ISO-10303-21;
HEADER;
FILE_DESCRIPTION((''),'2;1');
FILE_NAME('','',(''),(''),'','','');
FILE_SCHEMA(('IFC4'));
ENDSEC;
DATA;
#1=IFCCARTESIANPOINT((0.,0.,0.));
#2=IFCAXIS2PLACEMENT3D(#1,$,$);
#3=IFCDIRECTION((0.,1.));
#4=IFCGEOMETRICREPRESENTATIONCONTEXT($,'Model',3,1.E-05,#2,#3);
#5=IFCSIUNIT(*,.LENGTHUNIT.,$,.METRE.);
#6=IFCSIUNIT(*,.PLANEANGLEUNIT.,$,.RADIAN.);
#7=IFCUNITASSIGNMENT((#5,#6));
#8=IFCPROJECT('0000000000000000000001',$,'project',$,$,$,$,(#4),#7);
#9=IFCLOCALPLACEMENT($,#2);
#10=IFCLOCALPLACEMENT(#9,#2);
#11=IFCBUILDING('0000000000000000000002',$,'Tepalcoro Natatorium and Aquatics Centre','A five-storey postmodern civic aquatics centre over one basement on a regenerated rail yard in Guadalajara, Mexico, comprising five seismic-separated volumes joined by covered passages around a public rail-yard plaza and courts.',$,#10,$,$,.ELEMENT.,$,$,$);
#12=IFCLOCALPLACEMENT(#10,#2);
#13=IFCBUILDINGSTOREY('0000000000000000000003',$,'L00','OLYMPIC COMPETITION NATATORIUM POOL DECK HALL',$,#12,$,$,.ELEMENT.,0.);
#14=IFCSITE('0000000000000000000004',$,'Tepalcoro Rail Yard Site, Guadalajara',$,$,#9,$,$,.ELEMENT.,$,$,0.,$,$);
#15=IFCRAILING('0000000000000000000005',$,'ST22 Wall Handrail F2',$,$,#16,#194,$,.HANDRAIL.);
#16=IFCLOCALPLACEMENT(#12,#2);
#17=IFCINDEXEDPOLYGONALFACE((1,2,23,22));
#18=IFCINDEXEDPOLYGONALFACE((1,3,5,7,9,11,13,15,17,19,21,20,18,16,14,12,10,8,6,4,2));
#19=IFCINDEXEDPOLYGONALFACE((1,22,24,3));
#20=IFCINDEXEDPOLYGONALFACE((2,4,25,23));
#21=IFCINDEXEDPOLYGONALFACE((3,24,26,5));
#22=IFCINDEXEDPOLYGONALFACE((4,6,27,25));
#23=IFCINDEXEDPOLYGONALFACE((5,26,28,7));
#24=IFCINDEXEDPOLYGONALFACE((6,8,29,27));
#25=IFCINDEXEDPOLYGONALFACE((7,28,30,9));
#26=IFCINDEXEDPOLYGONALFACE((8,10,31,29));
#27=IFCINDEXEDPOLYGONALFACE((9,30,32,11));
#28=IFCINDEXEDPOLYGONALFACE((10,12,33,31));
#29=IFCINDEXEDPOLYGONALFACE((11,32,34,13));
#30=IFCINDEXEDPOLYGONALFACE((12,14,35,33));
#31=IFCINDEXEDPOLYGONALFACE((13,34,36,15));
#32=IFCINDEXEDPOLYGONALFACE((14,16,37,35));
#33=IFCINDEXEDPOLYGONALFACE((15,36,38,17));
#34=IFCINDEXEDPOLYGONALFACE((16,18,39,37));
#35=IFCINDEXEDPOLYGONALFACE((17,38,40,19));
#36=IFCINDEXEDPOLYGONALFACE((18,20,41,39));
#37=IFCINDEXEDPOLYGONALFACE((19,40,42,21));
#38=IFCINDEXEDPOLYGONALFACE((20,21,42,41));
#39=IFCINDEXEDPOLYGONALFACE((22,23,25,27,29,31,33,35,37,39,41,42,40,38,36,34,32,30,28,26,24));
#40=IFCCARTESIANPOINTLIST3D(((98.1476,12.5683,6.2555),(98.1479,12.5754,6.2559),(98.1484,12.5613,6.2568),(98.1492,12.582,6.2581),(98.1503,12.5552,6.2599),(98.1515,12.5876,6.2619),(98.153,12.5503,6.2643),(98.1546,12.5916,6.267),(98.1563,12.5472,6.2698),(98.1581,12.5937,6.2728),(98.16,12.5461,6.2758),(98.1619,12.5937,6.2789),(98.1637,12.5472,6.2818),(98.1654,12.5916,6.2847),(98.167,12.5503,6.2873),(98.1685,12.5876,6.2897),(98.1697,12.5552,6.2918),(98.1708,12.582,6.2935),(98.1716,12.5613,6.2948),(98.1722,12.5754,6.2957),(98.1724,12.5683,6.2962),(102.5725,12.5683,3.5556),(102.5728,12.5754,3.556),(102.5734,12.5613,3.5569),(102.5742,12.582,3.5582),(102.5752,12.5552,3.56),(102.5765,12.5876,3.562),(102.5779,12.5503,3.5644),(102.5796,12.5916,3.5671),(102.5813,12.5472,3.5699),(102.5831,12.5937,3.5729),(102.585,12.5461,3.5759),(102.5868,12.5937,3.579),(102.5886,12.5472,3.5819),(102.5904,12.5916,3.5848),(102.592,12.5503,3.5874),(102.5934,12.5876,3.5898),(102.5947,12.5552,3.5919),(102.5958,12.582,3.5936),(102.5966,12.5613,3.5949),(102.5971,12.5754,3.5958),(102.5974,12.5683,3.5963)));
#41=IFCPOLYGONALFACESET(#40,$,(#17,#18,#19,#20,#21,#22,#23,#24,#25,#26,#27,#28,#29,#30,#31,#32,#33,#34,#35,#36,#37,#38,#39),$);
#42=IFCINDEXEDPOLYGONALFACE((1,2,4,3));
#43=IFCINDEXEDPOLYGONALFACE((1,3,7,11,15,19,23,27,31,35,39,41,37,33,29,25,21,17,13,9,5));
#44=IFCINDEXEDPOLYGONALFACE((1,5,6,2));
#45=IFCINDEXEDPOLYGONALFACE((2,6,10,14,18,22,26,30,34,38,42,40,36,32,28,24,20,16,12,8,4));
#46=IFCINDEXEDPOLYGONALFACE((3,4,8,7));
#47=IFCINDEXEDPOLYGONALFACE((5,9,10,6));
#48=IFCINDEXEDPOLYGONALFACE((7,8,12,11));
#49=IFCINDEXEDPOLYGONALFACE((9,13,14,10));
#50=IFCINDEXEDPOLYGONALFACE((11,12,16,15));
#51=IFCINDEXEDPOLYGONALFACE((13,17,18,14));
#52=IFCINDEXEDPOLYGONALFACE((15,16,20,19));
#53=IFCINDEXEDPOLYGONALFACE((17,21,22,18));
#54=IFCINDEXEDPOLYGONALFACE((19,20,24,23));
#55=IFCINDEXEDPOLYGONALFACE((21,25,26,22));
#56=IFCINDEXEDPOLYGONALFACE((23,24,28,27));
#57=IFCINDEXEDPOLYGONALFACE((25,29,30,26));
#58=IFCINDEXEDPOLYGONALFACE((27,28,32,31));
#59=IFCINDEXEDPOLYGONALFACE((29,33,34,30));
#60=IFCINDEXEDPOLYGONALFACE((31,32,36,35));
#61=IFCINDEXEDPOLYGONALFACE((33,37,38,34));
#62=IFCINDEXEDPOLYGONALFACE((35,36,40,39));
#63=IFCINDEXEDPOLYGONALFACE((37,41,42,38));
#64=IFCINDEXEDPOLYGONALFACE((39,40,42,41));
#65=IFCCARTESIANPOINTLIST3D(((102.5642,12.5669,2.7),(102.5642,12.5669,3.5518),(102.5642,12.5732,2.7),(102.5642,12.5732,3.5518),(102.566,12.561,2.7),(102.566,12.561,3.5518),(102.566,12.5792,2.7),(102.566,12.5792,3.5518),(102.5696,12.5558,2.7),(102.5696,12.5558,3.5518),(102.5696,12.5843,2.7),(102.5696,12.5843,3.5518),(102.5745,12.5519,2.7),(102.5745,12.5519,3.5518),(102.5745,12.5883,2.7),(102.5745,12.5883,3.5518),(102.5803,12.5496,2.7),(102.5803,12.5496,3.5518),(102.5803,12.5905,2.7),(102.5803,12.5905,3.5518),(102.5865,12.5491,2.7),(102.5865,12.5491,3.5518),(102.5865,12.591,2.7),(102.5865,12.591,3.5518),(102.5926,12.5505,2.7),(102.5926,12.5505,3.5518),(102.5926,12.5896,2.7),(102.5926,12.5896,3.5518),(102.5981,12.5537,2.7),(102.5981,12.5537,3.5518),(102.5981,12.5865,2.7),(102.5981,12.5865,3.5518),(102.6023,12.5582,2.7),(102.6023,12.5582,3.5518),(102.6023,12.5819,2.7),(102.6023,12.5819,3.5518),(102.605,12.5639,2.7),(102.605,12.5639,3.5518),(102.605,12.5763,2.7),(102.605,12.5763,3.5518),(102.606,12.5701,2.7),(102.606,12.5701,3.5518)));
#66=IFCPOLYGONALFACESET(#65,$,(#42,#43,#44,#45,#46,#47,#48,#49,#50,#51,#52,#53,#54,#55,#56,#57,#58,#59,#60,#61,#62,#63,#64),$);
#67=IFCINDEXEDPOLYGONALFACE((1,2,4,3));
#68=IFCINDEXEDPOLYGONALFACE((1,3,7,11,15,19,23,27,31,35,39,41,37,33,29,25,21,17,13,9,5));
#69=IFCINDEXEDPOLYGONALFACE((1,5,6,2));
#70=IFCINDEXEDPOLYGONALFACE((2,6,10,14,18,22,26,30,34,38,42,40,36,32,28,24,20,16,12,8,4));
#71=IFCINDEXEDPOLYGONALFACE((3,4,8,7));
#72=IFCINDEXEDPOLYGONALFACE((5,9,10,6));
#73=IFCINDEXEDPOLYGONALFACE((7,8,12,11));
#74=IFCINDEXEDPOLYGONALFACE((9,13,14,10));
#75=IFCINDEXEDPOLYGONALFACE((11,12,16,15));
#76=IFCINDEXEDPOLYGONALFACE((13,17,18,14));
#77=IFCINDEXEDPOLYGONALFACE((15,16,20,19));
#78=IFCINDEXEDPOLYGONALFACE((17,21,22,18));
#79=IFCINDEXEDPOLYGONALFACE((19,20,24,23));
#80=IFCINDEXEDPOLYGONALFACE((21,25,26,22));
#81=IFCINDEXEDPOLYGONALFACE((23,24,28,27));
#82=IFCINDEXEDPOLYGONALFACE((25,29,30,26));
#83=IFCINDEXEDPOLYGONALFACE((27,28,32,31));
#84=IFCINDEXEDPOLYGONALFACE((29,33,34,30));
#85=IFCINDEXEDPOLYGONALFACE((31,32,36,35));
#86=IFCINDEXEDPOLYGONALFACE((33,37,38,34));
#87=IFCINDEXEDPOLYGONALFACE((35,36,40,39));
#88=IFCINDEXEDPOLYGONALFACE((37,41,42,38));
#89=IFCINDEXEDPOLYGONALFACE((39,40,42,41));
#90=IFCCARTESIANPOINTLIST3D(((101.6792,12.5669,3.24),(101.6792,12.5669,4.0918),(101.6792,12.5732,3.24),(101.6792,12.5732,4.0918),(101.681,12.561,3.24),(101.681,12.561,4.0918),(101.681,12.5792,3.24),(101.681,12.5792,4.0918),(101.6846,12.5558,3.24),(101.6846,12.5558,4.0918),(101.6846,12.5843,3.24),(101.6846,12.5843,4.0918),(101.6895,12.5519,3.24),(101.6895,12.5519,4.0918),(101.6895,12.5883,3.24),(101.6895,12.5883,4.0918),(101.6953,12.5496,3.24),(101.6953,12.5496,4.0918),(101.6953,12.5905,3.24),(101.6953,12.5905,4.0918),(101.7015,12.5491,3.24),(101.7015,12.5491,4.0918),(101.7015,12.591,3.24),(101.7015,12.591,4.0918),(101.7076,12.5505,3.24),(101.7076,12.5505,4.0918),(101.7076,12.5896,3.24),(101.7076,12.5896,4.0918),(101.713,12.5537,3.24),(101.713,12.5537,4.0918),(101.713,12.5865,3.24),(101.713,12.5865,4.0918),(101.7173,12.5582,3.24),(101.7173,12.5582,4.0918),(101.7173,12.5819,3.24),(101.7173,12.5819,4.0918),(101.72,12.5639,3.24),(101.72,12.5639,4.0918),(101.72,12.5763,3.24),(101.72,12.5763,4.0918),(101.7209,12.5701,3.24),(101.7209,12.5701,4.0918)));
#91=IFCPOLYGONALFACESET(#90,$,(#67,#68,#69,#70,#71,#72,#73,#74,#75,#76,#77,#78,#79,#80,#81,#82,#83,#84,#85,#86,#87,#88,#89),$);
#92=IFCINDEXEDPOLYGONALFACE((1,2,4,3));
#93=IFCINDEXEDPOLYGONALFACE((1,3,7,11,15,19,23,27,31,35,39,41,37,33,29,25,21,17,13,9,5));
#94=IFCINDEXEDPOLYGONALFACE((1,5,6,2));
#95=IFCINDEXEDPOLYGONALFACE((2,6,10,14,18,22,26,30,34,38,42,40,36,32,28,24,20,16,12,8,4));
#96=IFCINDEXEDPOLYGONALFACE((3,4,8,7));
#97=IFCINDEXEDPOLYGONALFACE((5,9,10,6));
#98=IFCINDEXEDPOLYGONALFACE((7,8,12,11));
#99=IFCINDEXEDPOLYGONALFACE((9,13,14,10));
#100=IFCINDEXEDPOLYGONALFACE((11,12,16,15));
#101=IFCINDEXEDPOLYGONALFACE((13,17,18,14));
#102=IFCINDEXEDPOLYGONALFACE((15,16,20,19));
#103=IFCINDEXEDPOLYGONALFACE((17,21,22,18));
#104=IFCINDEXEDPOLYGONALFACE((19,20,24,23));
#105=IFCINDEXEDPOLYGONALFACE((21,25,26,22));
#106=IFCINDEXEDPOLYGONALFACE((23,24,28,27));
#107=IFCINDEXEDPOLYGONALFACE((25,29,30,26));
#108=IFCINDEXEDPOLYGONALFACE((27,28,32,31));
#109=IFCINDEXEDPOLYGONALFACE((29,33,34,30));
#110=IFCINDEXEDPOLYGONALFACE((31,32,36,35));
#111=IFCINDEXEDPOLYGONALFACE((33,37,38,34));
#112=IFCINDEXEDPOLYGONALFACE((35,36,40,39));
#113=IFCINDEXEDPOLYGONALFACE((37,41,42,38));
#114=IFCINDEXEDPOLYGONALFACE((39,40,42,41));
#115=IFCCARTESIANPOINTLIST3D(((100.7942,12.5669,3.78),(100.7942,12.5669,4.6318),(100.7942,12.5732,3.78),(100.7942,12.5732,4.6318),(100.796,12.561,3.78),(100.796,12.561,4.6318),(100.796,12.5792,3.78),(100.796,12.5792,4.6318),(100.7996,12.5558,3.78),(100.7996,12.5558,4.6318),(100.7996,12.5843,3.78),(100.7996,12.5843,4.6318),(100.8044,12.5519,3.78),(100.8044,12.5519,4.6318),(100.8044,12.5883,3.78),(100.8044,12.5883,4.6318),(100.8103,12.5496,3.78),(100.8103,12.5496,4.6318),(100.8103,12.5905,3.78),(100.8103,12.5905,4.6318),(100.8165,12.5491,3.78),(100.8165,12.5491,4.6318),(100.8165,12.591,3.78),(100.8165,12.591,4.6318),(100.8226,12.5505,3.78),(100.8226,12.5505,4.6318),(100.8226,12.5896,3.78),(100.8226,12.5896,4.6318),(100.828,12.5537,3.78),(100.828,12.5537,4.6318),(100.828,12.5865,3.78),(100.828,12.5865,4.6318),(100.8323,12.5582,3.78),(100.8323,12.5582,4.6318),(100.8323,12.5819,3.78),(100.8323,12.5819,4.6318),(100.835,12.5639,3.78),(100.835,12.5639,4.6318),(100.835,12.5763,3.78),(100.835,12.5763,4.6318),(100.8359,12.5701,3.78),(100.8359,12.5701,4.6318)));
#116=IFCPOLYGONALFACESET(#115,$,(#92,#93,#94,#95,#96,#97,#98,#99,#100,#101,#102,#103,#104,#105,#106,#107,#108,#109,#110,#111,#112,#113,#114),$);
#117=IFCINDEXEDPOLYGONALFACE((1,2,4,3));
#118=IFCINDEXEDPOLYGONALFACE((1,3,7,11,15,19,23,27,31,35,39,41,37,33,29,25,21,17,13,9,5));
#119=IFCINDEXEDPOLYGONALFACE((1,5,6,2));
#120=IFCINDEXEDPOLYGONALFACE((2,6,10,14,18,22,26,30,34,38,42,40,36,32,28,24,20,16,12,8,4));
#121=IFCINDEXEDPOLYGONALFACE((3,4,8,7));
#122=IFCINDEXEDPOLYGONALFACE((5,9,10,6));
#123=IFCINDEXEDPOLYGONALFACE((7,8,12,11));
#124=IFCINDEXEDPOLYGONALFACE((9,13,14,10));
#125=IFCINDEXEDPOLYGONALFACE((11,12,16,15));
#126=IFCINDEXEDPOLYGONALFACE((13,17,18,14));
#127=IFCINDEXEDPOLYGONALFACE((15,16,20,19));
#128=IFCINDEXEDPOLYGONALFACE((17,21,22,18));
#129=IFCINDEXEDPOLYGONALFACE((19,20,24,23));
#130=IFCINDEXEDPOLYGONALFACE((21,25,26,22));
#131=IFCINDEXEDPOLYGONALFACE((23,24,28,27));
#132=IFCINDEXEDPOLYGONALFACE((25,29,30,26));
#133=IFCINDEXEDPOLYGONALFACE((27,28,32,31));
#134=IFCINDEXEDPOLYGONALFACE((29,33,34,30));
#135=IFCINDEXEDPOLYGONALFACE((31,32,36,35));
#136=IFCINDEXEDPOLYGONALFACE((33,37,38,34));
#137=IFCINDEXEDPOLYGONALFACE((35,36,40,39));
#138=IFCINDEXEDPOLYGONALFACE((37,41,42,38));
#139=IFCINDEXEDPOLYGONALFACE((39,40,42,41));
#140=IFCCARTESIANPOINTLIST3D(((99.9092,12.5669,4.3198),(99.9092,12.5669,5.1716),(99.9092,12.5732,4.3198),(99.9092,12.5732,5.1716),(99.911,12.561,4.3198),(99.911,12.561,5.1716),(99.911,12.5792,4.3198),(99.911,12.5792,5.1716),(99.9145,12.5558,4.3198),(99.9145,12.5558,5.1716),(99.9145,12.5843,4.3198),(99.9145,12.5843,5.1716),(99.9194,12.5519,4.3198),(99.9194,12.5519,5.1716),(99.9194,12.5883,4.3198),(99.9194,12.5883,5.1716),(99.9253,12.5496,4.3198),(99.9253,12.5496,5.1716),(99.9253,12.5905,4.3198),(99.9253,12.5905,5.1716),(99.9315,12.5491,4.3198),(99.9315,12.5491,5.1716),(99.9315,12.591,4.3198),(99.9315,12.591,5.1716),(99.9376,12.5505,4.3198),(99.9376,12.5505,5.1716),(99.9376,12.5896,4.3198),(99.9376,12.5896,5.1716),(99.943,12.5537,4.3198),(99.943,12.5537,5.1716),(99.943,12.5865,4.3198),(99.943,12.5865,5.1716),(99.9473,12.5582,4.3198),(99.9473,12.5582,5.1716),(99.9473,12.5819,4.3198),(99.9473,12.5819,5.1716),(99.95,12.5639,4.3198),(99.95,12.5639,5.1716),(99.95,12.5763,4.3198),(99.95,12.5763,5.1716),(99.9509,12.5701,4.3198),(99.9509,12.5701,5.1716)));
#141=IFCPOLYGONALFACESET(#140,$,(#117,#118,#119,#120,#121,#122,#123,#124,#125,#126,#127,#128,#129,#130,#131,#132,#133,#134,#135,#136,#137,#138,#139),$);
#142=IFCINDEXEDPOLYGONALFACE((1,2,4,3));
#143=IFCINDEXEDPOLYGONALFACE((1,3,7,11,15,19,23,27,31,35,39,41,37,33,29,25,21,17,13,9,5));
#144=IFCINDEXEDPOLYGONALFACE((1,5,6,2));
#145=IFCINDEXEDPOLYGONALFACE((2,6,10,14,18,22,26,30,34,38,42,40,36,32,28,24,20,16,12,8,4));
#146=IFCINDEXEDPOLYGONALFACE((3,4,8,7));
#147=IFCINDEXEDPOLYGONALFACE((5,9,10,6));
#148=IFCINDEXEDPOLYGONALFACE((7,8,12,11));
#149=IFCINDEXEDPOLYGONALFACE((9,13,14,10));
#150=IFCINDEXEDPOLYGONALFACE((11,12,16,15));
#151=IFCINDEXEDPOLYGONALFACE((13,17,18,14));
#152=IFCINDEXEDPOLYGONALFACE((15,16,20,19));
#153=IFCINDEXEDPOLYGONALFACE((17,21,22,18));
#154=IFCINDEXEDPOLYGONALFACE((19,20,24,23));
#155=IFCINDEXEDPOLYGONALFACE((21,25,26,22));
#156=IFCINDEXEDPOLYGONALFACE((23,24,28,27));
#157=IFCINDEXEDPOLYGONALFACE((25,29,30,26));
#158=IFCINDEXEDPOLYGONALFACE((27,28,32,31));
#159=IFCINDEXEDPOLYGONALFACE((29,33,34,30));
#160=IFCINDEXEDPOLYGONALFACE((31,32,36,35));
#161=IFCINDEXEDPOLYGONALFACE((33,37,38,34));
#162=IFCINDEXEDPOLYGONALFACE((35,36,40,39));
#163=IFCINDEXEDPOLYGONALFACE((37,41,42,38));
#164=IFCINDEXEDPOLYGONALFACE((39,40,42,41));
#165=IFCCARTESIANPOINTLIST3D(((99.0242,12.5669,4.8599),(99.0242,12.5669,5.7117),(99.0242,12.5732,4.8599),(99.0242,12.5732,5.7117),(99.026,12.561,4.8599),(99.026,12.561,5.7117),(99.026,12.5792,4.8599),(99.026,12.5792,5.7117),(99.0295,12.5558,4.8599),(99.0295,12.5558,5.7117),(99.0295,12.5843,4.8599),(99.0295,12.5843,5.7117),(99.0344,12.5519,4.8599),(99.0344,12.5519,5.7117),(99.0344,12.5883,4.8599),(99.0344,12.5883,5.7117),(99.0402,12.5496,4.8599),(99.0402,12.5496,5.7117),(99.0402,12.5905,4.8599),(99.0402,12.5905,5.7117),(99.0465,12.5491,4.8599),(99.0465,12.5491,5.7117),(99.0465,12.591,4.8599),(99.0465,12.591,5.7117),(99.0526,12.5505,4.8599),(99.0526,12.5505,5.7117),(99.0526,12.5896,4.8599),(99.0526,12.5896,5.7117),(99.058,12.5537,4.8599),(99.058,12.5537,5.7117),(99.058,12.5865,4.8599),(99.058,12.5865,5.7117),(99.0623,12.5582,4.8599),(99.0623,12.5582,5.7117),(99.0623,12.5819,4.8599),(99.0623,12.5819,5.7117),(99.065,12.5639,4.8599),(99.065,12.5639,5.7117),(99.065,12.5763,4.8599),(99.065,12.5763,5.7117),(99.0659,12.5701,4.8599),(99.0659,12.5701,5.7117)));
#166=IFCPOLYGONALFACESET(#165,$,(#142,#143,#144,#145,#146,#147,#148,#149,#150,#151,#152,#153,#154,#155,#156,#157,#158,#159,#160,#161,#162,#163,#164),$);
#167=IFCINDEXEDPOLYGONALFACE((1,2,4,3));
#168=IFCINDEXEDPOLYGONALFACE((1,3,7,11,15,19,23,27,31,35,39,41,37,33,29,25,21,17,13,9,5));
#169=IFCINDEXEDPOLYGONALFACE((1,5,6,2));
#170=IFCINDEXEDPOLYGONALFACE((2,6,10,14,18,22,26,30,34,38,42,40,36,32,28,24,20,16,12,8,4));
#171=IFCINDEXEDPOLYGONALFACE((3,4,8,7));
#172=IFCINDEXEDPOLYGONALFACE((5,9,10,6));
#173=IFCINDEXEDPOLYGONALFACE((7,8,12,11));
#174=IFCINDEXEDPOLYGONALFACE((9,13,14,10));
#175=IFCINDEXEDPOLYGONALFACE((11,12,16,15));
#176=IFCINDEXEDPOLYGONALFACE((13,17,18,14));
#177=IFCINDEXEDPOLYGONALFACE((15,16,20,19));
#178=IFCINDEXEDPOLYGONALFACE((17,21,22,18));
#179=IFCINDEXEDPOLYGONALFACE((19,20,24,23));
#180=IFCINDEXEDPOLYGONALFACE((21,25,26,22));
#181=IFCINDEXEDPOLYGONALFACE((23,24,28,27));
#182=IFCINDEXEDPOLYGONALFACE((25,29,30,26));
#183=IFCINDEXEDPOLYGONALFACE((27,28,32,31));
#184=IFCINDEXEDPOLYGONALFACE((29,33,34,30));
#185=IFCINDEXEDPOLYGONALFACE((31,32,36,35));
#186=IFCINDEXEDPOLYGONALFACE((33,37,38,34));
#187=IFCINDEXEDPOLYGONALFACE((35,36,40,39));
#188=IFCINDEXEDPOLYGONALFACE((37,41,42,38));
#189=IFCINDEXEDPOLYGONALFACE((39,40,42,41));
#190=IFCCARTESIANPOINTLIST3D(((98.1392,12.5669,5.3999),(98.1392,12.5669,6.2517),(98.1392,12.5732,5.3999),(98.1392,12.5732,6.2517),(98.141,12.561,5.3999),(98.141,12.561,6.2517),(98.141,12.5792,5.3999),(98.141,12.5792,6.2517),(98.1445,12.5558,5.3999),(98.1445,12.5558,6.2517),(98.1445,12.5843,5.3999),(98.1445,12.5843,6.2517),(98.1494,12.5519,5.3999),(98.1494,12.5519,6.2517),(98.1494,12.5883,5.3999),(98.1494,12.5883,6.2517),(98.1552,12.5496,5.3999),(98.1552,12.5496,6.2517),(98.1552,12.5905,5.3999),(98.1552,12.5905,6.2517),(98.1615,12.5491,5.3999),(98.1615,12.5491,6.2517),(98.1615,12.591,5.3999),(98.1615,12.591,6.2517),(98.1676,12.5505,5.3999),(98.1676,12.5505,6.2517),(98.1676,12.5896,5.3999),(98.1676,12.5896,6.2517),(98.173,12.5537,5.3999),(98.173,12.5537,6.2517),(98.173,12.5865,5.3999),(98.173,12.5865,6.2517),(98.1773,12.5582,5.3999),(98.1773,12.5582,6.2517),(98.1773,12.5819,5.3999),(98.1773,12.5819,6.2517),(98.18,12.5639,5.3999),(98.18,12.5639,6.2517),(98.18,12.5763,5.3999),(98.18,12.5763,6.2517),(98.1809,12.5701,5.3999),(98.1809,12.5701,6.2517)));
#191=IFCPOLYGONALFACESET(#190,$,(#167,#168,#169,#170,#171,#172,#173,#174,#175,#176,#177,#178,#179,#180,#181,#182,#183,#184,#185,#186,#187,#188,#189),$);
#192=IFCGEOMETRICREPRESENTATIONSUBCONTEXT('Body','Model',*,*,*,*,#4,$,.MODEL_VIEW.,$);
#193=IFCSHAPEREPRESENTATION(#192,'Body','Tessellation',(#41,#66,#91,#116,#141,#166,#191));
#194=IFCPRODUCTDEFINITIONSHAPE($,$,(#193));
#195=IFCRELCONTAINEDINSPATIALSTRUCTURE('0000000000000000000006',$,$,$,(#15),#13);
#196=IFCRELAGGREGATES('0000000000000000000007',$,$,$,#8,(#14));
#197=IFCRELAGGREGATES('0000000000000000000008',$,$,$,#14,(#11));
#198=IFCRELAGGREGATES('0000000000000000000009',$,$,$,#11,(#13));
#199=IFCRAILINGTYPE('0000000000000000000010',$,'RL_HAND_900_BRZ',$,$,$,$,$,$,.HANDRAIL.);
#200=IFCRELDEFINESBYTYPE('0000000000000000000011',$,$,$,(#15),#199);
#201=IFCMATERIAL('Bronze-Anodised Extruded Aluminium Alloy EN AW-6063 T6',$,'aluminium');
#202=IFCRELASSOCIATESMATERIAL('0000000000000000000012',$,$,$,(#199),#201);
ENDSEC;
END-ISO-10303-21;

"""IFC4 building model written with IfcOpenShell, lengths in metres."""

from ifc_helpers import new_model, si_unit, direction, frame, origin, origin_2d, place, context, subcontext, project, spatial, circle, extrude, material, type_object, element, save


model = new_model("IFC4")

# Units and contexts
model_context = context("Model", 3, precision=1e-05, world=origin(), true_north=direction((0.0, 1.0)))
body_context = subcontext(model_context, "Body", "Model", "MODEL_VIEW")
ifc_project = project(units=[si_unit("LENGTHUNIT", "METRE"), si_unit("PLANEANGLEUNIT", "RADIAN")], contexts=[model_context])

# Site, building, storey
site_placement = place(None, origin())
site = spatial("IfcSite", under=ifc_project, at=site_placement, Name="Tepalcoro Rail Yard Site, Guadalajara", CompositionType="ELEMENT", RefElevation=0.0)
building_placement = place(site_placement, origin())
building = spatial("IfcBuilding", under=site, at=building_placement, Name="Tepalcoro Natatorium and Aquatics Centre", Description="A five-storey postmodern civic aquatics centre over one basement on a regenerated rail yard in Guadalajara, Mexico, comprising five seismic-separated volumes joined by covered passages around a public rail-yard plaza and courts.", CompositionType="ELEMENT")
storey_placement = place(building_placement, origin())
storey = spatial("IfcBuildingStorey", under=building, at=storey_placement, Name="L00", Description="OLYMPIC COMPETITION NATATORIUM POOL DECK HALL", CompositionType="ELEMENT", Elevation=0.0)

# Shared definitions
ifc_material_1 = material(Name="Bronze-Anodised Extruded Aluminium Alloy EN AW-6063 T6", Category="aluminium")

# Railing
railing_type_1 = type_object("IfcRailingType", Name="RL_HAND_900_BRZ", PredefinedType="HANDRAIL", material=ifc_material_1)
railing_1_placement = place(storey_placement, frame((102.585, 12.5701, 2.7)))
element("IfcRailing", 1, at=railing_1_placement, inside=storey, type_object=railing_type_1, Name="ST22 Wall Handrail F2", PredefinedType="HANDRAIL", context=body_context, shape_type="SweptSolid", body=[
    extrude(circle(Radius=0.0239, at=origin_2d()), frame((0.0, 0.0, 0.876), z_axis=(-0.853646, 0.0, 0.520854), x_axis=(0.0, -1.0, 0.0)), (0.0, 0.0, 1.0), 5.1836),
    extrude(circle(Radius=0.021, at=origin_2d()), origin(), (0.0, 0.0, 1.0), 0.8518),
    extrude(circle(Radius=0.021, at=origin_2d()), frame((-0.885, 0.0, 0.54)), (0.0, 0.0, 1.0), 0.8518),
    extrude(circle(Radius=0.021, at=origin_2d()), frame((-1.77, 0.0, 1.0801)), (0.0, 0.0, 1.0), 0.8518),
    extrude(circle(Radius=0.021, at=origin_2d()), frame((-2.655, 0.0, 1.6199)), (0.0, 0.0, 1.0), 0.8518),
    extrude(circle(Radius=0.021, at=origin_2d()), frame((-3.54, 0.0, 2.1599)), (0.0, 0.0, 1.0), 0.8518),
    extrude(circle(Radius=0.021, at=origin_2d()), frame((-4.425, 0.0, 2.7)), (0.0, 0.0, 1.0), 0.8518),
])

save(model, "model.ifc")
